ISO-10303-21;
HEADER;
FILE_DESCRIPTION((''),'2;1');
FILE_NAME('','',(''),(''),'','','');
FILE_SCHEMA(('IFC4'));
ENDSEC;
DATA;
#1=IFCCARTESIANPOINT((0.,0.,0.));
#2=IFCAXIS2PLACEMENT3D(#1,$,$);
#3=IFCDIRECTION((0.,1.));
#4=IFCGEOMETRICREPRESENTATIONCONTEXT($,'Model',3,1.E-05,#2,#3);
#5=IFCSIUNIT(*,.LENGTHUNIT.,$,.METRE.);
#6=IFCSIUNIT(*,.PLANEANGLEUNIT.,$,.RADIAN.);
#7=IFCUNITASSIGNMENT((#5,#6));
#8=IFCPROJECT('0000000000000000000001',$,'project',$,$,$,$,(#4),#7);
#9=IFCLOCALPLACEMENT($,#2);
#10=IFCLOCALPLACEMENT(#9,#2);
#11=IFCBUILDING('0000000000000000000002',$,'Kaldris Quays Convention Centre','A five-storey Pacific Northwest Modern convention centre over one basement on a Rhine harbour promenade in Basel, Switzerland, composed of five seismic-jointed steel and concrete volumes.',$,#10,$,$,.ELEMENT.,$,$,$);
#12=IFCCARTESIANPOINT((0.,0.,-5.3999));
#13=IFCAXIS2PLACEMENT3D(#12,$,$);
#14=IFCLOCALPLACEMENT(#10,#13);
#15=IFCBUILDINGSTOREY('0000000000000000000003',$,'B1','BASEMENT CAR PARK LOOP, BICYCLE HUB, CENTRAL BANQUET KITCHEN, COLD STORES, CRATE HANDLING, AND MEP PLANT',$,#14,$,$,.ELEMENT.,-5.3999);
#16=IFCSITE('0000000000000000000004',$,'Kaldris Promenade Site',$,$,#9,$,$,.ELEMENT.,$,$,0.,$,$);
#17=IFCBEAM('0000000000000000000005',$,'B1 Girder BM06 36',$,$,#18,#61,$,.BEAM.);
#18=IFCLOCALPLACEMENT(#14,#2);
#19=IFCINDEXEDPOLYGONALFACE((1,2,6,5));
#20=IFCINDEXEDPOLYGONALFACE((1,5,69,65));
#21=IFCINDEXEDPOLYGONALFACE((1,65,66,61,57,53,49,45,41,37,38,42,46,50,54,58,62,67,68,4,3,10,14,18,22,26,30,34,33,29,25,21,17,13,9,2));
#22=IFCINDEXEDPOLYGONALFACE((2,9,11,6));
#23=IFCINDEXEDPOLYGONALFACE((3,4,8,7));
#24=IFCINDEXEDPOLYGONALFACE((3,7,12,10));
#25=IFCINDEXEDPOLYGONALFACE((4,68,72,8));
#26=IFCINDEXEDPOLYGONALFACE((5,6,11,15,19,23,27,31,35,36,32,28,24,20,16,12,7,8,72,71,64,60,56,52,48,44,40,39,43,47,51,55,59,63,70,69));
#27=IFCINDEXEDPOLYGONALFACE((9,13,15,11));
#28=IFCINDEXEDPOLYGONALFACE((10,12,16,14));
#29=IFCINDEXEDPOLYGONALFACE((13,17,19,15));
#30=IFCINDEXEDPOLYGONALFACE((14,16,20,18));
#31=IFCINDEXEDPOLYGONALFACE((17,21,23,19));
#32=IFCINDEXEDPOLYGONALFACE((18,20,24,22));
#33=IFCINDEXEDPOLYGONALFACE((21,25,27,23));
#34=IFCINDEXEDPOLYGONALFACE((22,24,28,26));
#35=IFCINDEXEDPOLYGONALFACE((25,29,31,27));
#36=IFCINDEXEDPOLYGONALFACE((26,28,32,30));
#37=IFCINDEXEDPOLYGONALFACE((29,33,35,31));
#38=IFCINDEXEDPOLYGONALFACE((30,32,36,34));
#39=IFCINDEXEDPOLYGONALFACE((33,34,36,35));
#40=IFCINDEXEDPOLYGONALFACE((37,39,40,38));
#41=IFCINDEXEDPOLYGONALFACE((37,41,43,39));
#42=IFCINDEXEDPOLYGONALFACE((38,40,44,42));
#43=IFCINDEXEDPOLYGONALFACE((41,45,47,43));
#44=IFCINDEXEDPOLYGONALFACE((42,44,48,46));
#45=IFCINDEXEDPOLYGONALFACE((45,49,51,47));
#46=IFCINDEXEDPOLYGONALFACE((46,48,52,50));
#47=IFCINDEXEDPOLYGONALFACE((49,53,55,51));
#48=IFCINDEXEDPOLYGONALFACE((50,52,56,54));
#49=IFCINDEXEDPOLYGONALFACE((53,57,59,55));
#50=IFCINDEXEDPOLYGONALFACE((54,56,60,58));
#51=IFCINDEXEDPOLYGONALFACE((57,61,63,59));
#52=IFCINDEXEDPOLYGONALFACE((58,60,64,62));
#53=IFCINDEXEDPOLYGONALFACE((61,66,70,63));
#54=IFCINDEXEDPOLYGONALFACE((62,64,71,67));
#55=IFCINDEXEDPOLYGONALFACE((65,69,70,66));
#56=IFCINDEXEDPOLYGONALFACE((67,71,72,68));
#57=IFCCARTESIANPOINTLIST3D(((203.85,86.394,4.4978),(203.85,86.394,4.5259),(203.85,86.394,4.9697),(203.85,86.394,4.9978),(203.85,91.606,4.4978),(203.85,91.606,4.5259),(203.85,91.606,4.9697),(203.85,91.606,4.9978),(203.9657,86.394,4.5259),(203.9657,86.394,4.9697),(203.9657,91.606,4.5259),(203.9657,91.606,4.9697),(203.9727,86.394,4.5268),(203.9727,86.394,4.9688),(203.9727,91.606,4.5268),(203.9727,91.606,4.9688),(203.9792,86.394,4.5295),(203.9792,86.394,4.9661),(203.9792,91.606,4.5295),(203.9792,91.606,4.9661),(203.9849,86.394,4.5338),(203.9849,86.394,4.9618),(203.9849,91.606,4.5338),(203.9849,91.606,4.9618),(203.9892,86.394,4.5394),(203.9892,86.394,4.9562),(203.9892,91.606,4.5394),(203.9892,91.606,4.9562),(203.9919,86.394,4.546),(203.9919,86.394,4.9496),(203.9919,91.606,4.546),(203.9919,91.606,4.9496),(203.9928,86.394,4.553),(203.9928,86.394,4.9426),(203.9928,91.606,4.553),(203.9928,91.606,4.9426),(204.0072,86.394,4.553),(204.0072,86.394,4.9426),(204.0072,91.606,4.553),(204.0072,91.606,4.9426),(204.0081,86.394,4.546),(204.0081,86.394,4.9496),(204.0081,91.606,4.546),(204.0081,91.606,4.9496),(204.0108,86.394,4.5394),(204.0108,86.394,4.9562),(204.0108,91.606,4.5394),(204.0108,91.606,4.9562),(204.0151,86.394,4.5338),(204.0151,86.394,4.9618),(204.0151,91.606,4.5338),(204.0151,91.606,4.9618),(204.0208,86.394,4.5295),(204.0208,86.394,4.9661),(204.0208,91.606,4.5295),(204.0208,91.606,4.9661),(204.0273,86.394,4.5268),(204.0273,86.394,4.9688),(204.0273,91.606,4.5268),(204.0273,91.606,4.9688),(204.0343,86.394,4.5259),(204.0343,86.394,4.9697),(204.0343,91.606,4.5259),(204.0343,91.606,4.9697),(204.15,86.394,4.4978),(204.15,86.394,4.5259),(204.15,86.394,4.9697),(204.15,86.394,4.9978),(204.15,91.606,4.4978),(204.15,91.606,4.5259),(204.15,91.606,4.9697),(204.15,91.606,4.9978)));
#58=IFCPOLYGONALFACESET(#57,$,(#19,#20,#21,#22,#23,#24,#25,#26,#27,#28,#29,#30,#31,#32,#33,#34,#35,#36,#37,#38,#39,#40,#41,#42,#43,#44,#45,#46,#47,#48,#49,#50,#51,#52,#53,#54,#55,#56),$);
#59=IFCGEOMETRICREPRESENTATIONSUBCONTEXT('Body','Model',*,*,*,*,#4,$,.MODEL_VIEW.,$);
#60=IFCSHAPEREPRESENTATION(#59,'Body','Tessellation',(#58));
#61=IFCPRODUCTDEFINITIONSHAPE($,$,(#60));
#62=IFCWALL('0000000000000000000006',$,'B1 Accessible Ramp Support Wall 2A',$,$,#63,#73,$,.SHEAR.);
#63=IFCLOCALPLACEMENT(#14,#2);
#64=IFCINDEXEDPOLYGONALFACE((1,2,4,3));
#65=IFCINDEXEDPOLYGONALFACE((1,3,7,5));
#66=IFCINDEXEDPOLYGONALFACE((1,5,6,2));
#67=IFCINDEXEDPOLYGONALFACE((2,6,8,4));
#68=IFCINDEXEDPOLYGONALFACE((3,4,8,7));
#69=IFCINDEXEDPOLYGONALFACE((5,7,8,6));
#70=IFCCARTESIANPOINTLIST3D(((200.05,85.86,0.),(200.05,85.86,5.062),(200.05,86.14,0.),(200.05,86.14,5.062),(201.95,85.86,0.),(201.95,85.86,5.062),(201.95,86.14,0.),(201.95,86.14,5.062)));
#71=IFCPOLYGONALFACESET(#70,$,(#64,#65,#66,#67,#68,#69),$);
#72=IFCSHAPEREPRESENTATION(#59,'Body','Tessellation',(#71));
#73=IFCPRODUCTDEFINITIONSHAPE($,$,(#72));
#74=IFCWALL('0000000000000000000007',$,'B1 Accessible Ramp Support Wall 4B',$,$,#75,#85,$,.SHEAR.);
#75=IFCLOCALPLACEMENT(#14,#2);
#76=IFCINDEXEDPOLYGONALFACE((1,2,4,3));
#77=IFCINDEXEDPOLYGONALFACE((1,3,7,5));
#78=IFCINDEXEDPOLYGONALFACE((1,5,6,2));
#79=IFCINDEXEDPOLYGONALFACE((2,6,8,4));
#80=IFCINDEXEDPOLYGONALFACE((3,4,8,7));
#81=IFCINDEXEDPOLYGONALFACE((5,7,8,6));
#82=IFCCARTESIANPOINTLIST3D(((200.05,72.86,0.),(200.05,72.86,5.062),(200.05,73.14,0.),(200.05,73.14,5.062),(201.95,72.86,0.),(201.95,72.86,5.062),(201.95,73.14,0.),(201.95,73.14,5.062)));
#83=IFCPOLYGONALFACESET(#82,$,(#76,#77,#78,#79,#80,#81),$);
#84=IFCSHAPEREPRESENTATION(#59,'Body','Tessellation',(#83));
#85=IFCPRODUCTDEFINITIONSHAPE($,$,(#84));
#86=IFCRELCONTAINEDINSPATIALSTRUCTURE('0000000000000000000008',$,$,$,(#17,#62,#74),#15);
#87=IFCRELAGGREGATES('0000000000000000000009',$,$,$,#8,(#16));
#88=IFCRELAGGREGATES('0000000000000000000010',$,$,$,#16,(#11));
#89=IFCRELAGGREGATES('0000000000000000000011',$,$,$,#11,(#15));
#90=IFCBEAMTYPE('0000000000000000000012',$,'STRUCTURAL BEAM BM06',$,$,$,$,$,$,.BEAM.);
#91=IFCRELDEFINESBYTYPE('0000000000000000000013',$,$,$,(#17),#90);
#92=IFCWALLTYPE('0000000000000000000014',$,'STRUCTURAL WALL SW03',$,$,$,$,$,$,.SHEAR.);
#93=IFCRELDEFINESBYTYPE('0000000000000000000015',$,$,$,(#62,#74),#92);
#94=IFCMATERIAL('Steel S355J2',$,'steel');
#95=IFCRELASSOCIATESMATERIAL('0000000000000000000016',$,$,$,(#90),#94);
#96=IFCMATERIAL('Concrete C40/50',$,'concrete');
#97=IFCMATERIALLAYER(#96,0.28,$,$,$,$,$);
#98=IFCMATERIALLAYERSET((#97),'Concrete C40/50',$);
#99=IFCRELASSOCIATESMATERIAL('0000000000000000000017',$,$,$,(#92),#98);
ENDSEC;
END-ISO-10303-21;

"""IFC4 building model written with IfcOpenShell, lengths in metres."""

from ifc_helpers import new_model, si_unit, direction, frame, frame_2d, origin, origin_2d, place, context, subcontext, project, spatial, rectangle, i_section, extrude, material, layer, layer_set, material_profile, profile_set, type_object, element, save


model = new_model("IFC4")

# Units and contexts
model_context = context("Model", 3, precision=1e-05, world=origin(), true_north=direction((0.0, 1.0)))
body_context = subcontext(model_context, "Body", "Model", "MODEL_VIEW")
ifc_project = project(units=[si_unit("LENGTHUNIT", "METRE"), si_unit("PLANEANGLEUNIT", "RADIAN")], contexts=[model_context])

# Site, building, storey
site_placement = place(None, origin())
site = spatial("IfcSite", under=ifc_project, at=site_placement, Name="Kaldris Promenade Site", CompositionType="ELEMENT", RefElevation=0.0)
building_placement = place(site_placement, origin())
building = spatial("IfcBuilding", under=site, at=building_placement, Name="Kaldris Quays Convention Centre", Description="A five-storey Pacific Northwest Modern convention centre over one basement on a Rhine harbour promenade in Basel, Switzerland, composed of five seismic-jointed steel and concrete volumes.", CompositionType="ELEMENT")
storey_placement = place(building_placement, frame((0.0, 0.0, -5.3999)))
storey = spatial("IfcBuildingStorey", under=building, at=storey_placement, Name="B1", Description="BASEMENT CAR PARK LOOP, BICYCLE HUB, CENTRAL BANQUET KITCHEN, COLD STORES, CRATE HANDLING, AND MEP PLANT", CompositionType="ELEMENT", Elevation=-5.3999)

# Shared definitions
ifc_material_1 = material(Name="Steel S355J2", Category="steel")

# Beam
ifc_material_profile_1 = material_profile(ifc_material_1, i_section(OverallWidth=0.3, OverallDepth=0.5, WebThickness=0.0144, FlangeThickness=0.0281, FilletRadius=0.0271, at=origin_2d()), Name="HEB 500")
ifc_profile_set_1 = profile_set([ifc_material_profile_1], Name="Steel S355J2")
beam_type_1 = type_object("IfcBeamType", Name="STRUCTURAL BEAM BM06", PredefinedType="BEAM", material=ifc_profile_set_1)
for number, where, z_axis, x_axis, name in (
    (1, (204.0, 86.394, 4.7478), (0.0, 1.0, 0.0), (-1.0, 0.0, 0.0), "B1 Girder BM06 36"),
):
    element("IfcBeam", number, at=place(storey_placement, frame(where, z_axis=z_axis, x_axis=x_axis)), inside=storey, type_object=beam_type_1, Name=name, PredefinedType="BEAM", context=body_context, shape_type="SweptSolid", body=[
        extrude(i_section(OverallWidth=0.3, OverallDepth=0.5, WebThickness=0.0144, FlangeThickness=0.0281, FilletRadius=0.0271, at=origin_2d()), origin(), (0.0, 0.0, 1.0), 5.2119),
    ])

# Walls
ifc_material_2 = material(Name="Concrete C40/50", Category="concrete")
ifc_layer = layer(ifc_material_2, 0.28)
ifc_layer_set = layer_set([ifc_layer], Name="Concrete C40/50")
wall_type = type_object("IfcWallType", Name="STRUCTURAL WALL SW03", PredefinedType="SHEAR", material=ifc_layer_set)
for number, where, z_axis, x_axis, name in (
    (2, (200.05, 86.0, 0.0), (0.0, 0.0, 1.0), (1.0, 0.0, 0.0), "B1 Accessible Ramp Support Wall 2A"),
    (3, (200.05, 73.0, 0.0), (0.0, 0.0, 1.0), (1.0, 0.0, 0.0), "B1 Accessible Ramp Support Wall 4B"),
):
    element("IfcWall", number, at=place(storey_placement, frame(where, z_axis=z_axis, x_axis=x_axis)), inside=storey, type_object=wall_type, Name=name, PredefinedType="SHEAR", context=body_context, shape_type="SweptSolid", body=[
        extrude(rectangle(XDim=1.8999, YDim=0.28, at=frame_2d((0.95, 0.0))), origin(), (0.0, 0.0, 1.0), 5.062),
    ])

save(model, "model.ifc")
